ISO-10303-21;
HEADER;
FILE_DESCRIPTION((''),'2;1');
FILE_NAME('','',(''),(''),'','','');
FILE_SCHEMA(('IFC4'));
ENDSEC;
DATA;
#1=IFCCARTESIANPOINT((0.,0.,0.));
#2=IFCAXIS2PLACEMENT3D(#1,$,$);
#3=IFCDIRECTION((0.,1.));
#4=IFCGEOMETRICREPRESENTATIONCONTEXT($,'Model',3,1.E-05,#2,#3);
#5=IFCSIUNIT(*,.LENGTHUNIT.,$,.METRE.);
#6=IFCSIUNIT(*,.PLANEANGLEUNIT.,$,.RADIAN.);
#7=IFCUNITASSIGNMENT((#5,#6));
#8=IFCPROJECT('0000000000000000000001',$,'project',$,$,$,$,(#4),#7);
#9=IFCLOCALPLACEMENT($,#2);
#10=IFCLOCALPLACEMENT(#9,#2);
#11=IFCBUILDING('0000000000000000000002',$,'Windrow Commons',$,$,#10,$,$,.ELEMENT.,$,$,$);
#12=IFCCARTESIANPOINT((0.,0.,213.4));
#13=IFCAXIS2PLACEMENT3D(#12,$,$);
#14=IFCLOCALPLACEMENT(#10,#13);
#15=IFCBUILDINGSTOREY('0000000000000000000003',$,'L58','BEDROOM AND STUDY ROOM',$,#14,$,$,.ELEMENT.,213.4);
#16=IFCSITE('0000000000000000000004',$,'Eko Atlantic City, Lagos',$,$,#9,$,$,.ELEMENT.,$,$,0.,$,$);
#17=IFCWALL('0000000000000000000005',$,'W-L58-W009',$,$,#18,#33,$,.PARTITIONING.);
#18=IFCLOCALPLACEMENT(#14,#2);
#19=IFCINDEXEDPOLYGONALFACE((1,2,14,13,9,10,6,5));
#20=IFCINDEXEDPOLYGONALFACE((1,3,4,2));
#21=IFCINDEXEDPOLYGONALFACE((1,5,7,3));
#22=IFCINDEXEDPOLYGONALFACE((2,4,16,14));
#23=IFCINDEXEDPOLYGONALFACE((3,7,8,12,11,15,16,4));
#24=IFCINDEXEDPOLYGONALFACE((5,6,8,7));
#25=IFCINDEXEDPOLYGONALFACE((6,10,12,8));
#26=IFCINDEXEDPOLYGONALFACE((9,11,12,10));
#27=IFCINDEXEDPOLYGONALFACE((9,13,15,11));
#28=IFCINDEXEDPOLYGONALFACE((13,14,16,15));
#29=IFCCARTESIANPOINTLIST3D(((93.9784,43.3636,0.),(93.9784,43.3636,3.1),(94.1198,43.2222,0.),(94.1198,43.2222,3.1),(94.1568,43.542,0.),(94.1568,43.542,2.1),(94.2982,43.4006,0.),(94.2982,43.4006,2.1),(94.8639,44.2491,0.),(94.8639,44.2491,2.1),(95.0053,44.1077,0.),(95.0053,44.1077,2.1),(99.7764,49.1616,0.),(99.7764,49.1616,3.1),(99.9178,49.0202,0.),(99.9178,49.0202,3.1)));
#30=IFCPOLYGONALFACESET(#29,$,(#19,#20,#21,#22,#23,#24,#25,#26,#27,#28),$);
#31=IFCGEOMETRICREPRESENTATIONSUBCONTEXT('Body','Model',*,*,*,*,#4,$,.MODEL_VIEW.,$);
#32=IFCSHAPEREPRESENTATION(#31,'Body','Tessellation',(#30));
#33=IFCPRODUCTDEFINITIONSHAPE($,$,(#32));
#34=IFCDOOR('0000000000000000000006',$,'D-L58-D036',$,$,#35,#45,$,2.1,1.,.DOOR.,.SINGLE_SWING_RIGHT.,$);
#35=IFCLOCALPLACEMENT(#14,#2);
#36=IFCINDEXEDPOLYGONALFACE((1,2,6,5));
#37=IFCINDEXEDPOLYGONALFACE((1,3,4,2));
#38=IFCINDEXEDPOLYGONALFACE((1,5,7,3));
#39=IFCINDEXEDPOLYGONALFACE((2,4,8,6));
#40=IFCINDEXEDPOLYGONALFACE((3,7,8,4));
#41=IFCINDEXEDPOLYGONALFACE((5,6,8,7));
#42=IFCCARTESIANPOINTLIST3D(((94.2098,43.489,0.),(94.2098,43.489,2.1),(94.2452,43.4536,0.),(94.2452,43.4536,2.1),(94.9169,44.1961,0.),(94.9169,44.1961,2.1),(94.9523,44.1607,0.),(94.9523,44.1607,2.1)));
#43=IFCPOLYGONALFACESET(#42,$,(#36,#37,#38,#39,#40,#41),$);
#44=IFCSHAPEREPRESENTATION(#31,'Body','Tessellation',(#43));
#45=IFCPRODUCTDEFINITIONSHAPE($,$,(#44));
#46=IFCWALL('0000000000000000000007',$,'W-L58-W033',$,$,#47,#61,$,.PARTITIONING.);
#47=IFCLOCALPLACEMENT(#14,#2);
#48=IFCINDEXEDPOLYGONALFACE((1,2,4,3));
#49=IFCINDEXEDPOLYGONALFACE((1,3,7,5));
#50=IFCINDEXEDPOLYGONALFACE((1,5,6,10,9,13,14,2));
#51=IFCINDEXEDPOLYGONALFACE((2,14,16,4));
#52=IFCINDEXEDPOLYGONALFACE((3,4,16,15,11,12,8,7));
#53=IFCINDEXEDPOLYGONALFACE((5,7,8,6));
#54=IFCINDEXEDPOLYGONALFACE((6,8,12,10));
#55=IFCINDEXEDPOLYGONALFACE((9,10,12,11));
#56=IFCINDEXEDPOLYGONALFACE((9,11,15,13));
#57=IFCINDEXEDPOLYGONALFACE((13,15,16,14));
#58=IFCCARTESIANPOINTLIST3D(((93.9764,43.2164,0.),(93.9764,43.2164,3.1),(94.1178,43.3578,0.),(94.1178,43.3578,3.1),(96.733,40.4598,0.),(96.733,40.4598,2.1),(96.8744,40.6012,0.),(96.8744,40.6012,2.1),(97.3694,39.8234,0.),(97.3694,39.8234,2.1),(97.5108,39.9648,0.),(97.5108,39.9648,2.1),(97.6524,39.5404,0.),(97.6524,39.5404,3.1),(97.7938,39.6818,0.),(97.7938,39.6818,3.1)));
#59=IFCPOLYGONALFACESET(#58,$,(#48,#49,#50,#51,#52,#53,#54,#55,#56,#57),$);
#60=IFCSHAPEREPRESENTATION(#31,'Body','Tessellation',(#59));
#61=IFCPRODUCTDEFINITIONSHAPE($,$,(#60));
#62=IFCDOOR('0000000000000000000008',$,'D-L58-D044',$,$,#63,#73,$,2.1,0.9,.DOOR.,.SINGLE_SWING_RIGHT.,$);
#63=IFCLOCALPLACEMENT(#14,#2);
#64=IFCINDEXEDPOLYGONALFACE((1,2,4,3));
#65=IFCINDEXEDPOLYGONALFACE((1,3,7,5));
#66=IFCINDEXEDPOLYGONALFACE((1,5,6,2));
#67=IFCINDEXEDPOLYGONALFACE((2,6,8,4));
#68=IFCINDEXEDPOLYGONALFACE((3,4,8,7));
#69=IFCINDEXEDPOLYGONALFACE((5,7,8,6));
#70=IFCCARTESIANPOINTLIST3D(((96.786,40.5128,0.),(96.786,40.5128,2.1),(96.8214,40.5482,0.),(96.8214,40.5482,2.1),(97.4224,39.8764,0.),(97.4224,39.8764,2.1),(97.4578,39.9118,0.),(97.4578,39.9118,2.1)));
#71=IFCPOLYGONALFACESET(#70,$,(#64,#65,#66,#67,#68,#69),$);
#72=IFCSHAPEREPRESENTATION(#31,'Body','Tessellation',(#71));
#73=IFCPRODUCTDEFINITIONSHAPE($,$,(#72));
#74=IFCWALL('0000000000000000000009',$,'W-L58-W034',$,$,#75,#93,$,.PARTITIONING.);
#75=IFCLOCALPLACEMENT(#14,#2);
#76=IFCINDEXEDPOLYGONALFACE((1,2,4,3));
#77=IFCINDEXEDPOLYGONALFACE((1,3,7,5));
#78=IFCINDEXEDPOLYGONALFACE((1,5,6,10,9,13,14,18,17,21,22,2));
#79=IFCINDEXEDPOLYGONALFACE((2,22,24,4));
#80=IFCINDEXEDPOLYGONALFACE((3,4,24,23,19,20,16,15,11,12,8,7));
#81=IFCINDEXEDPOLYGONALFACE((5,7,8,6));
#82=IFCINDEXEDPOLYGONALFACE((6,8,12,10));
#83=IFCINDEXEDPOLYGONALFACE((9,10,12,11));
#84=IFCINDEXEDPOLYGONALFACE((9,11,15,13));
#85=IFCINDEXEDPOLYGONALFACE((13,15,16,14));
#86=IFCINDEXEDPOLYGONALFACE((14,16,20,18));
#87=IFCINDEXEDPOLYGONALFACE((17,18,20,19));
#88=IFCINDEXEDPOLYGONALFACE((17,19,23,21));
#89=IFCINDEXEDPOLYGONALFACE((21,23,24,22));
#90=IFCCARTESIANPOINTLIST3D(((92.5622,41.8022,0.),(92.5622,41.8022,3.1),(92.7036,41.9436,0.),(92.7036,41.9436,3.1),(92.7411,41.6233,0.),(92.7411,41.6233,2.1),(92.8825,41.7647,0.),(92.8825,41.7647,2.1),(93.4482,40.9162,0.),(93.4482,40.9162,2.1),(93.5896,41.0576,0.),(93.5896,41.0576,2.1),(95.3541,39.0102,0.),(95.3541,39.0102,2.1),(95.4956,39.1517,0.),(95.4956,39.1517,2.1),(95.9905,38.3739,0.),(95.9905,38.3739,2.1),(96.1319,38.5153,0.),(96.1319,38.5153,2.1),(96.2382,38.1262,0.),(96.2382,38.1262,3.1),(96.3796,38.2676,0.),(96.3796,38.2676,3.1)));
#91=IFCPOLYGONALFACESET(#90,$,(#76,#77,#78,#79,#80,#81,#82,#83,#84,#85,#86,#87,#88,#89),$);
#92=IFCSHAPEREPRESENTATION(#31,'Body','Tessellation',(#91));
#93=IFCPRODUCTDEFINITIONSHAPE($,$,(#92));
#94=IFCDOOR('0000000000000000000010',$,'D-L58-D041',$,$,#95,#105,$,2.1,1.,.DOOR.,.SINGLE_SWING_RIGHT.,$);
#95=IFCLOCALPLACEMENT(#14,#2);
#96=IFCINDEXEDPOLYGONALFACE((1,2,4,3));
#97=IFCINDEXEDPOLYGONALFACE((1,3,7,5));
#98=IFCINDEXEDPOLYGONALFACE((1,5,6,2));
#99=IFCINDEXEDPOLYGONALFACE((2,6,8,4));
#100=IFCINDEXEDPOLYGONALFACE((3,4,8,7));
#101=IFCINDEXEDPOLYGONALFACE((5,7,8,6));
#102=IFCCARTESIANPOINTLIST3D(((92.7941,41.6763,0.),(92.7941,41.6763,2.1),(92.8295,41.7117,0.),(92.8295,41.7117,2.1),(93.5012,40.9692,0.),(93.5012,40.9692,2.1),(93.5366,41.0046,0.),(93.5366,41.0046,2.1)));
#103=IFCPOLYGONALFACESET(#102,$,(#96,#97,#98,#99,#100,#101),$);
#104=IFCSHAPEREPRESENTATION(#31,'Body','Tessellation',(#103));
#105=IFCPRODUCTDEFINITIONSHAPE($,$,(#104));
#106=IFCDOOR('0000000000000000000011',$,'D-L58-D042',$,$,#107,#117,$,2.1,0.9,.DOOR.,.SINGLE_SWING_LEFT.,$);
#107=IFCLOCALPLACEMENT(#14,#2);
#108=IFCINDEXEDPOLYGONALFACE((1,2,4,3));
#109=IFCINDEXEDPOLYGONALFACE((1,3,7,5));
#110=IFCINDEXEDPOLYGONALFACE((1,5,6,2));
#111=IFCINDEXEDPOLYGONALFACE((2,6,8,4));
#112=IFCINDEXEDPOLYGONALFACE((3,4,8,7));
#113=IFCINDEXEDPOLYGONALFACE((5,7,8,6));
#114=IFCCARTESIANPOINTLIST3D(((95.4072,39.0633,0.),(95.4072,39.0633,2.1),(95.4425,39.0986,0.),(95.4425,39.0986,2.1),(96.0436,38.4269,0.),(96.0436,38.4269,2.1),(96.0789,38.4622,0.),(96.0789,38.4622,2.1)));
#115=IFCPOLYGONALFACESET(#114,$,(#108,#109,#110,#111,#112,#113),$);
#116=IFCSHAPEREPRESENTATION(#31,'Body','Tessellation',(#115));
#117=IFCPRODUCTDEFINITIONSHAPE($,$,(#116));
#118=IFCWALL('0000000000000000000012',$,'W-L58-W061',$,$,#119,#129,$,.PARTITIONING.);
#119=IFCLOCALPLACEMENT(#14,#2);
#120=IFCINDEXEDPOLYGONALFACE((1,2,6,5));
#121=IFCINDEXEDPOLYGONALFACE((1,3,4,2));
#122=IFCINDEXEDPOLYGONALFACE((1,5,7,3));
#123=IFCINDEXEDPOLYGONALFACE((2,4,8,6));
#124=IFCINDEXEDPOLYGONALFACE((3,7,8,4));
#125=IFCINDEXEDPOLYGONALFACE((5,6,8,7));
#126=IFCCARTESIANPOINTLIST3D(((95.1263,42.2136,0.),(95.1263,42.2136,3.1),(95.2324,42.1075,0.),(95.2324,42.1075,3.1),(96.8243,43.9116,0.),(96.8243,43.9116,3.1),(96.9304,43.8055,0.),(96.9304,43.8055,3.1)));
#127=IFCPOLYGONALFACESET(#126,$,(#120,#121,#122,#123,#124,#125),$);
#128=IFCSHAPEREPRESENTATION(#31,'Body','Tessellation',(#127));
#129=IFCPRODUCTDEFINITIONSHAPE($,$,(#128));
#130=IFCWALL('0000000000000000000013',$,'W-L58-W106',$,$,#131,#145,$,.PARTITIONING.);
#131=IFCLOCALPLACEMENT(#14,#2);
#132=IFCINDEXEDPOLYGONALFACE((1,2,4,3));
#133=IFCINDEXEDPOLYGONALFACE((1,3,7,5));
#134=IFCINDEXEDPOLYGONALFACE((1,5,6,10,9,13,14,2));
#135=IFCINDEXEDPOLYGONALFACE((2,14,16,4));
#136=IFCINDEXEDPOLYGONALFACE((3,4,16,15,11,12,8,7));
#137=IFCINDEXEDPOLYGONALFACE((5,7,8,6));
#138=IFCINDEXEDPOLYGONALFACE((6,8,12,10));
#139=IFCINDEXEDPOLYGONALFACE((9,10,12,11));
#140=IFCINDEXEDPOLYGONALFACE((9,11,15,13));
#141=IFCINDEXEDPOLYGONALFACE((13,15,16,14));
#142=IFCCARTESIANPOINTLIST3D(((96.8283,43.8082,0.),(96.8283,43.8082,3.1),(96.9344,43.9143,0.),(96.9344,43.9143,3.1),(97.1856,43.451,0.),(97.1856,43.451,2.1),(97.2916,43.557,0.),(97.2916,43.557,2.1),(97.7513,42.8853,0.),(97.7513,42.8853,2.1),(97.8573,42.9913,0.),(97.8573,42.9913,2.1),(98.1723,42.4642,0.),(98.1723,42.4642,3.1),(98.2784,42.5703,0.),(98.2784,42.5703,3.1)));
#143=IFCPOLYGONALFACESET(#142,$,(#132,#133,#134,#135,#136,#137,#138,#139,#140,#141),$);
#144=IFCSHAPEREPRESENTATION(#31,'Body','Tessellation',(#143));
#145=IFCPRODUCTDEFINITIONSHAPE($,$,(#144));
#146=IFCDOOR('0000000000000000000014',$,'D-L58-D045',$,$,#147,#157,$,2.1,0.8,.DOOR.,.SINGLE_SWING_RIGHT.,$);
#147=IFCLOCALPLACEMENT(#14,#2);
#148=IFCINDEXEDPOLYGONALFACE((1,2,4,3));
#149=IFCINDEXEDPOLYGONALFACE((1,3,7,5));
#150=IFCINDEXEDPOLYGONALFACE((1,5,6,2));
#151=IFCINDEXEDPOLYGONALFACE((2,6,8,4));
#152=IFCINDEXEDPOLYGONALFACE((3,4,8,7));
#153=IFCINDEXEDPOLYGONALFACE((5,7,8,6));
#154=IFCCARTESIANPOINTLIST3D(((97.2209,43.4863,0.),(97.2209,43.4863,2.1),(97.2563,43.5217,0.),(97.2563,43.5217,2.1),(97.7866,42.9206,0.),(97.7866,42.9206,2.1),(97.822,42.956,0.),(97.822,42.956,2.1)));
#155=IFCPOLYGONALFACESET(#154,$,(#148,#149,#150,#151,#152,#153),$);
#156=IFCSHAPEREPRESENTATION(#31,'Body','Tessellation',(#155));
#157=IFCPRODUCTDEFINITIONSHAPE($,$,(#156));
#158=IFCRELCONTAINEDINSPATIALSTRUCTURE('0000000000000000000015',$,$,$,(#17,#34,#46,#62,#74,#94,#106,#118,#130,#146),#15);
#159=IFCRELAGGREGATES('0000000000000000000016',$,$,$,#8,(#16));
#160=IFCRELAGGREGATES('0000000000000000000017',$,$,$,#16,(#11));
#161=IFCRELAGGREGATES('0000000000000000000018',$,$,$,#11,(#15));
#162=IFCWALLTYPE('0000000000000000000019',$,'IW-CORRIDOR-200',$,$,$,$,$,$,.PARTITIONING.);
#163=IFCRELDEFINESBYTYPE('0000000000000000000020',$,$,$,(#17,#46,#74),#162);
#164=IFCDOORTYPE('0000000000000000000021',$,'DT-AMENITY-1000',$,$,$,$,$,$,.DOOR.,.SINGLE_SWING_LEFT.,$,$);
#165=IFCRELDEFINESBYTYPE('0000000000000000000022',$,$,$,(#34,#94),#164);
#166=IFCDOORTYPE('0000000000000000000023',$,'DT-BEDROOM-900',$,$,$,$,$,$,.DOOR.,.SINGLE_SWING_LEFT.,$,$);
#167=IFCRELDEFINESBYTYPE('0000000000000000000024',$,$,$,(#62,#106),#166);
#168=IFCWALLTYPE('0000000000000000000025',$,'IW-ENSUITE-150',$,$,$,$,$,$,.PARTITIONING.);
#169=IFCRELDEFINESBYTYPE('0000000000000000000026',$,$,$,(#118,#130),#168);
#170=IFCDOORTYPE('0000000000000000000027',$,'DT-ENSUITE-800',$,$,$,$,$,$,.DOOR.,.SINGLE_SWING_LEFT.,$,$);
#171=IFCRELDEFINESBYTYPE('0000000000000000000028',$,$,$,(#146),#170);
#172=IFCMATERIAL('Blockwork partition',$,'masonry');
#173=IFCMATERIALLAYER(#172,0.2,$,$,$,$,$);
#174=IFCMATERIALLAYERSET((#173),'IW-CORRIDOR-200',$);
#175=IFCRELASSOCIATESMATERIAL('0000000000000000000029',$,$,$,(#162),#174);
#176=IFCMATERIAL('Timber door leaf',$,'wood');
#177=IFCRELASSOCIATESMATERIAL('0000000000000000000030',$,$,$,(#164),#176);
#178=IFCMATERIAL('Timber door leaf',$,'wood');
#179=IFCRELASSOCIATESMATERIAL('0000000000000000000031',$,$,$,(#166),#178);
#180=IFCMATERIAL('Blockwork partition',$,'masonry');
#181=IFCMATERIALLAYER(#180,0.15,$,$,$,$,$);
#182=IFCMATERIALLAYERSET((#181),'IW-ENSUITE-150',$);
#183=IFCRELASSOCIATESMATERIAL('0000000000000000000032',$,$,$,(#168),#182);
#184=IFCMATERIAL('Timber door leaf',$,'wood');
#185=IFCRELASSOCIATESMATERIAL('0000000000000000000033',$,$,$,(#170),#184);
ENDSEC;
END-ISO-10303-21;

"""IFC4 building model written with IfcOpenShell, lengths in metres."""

from ifc_helpers import new_model, si_unit, direction, frame, frame_2d, origin, place, context, subcontext, project, spatial, rectangle, extrude, material, layer, layer_set, type_object, element, fill, save


model = new_model("IFC4")

# Units and contexts
model_context = context("Model", 3, precision=1e-05, world=origin(), true_north=direction((0.0, 1.0)))
body_context = subcontext(model_context, "Body", "Model", "MODEL_VIEW")
ifc_project = project(units=[si_unit("LENGTHUNIT", "METRE"), si_unit("PLANEANGLEUNIT", "RADIAN")], contexts=[model_context])

# Site, building, storey
site_placement = place(None, origin())
site = spatial("IfcSite", under=ifc_project, at=site_placement, Name="Eko Atlantic City, Lagos", CompositionType="ELEMENT", RefElevation=0.0)
building_placement = place(site_placement, origin())
building = spatial("IfcBuilding", under=site, at=building_placement, Name="Windrow Commons", CompositionType="ELEMENT")
storey_placement = place(building_placement, frame((0.0, 0.0, 213.4)))
storey = spatial("IfcBuildingStorey", under=building, at=storey_placement, Name="L58", Description="BEDROOM AND STUDY ROOM", CompositionType="ELEMENT", Elevation=213.4)

# Walls, openings, doors
ifc_material_1 = material(Name="Blockwork partition", Category="masonry")
ifc_layer_1 = layer(ifc_material_1, 0.2)
ifc_layer_set_1 = layer_set([ifc_layer_1], Name="IW-CORRIDOR-200")
wall_type_1 = type_object("IfcWallType", Name="IW-CORRIDOR-200", PredefinedType="PARTITIONING", material=ifc_layer_set_1)
wall_1_placement = place(storey_placement, frame((94.0491, 43.2929, 0.0), z_axis=(0.0, 0.0, 1.0), x_axis=(0.707107, 0.707107, 0.0)))
wall_1 = element("IfcWall", 1, at=wall_1_placement, inside=storey, type_object=wall_type_1, Name="W-L58-W009", PredefinedType="PARTITIONING", context=body_context, shape_type="SweptSolid", body=[
    extrude(rectangle(XDim=8.1996, YDim=0.2, at=frame_2d((4.0998, 0.0))), origin(), (0.0, 0.0, 1.0), 3.1),
])
opening_1_placement = place(wall_1_placement, frame((0.2523, 0.0, 0.0)))
opening_1 = element("IfcOpeningElement", 2, at=opening_1_placement, cuts=wall_1, PredefinedType="OPENING", context=body_context, shape_type="SweptSolid", body=[
    extrude(rectangle(XDim=1.0, YDim=2.1, at=frame_2d((0.5, 1.05))), frame((0.0, 0.11, 0.0), z_axis=(0.0, -1.0, 0.0), x_axis=(1.0, 0.0, 0.0)), (0.0, 0.0, 1.0), 0.22),
])
ifc_material_2 = material(Name="Timber door leaf", Category="wood")
door_type_1 = type_object("IfcDoorType", Name="DT-AMENITY-1000", OperationType="SINGLE_SWING_LEFT", PredefinedType="DOOR", material=ifc_material_2)
door_1_placement = place(opening_1_placement, origin())
door_1 = element("IfcDoor", 3, at=door_1_placement, inside=storey, type_object=door_type_1, Name="D-L58-D036", OperationType="SINGLE_SWING_RIGHT", OverallHeight=2.1, OverallWidth=1.0, PredefinedType="DOOR", context=body_context, shape_type="SweptSolid", body=[
    extrude(rectangle(XDim=1.0, YDim=2.1, at=frame_2d((0.5, 1.05))), frame((0.0, 0.025, 0.0), z_axis=(0.0, -1.0, 0.0), x_axis=(1.0, 0.0, 0.0)), (0.0, 0.0, 1.0), 0.05),
])
fill(opening_1, door_1)
wall_2_placement = place(storey_placement, frame((94.0471, 43.2871, 0.0), z_axis=(0.0, 0.0, 1.0), x_axis=(0.707107, -0.707107, 0.0)))
wall_2 = element("IfcWall", 4, at=wall_2_placement, inside=storey, type_object=wall_type_1, Name="W-L58-W033", PredefinedType="PARTITIONING", context=body_context, shape_type="SweptSolid", body=[
    extrude(rectangle(XDim=5.1986, YDim=0.2, at=frame_2d((2.5993, 0.0))), origin(), (0.0, 0.0, 1.0), 3.1),
])
opening_2_placement = place(wall_2_placement, frame((3.8984, 0.0, 0.0)))
opening_2 = element("IfcOpeningElement", 5, at=opening_2_placement, cuts=wall_2, PredefinedType="OPENING", context=body_context, shape_type="SweptSolid", body=[
    extrude(rectangle(XDim=0.9, YDim=2.1, at=frame_2d((0.45, 1.05))), frame((0.0, 0.11, 0.0), z_axis=(0.0, -1.0, 0.0), x_axis=(1.0, 0.0, 0.0)), (0.0, 0.0, 1.0), 0.22),
])
ifc_material_3 = material(Name="Timber door leaf", Category="wood")
door_type_2 = type_object("IfcDoorType", Name="DT-BEDROOM-900", OperationType="SINGLE_SWING_LEFT", PredefinedType="DOOR", material=ifc_material_3)
door_2_placement = place(opening_2_placement, origin())
door_2 = element("IfcDoor", 6, at=door_2_placement, inside=storey, type_object=door_type_2, Name="D-L58-D044", OperationType="SINGLE_SWING_RIGHT", OverallHeight=2.1, OverallWidth=0.9, PredefinedType="DOOR", context=body_context, shape_type="SweptSolid", body=[
    extrude(rectangle(XDim=0.9, YDim=2.1, at=frame_2d((0.45, 1.05))), frame((0.0, 0.025, 0.0), z_axis=(0.0, -1.0, 0.0), x_axis=(1.0, 0.0, 0.0)), (0.0, 0.0, 1.0), 0.05),
])
fill(opening_2, door_2)

# Wall, openings, doors
wall_3_placement = place(storey_placement, frame((92.6329, 41.8729, 0.0), z_axis=(0.0, 0.0, 1.0), x_axis=(0.707107, -0.707107, 0.0)))
wall_3 = element("IfcWall", 7, at=wall_3_placement, inside=storey, type_object=wall_type_1, Name="W-L58-W034", PredefinedType="PARTITIONING", context=body_context, shape_type="SweptSolid", body=[
    extrude(rectangle(XDim=5.1986, YDim=0.2, at=frame_2d((2.5993, 0.0))), origin(), (0.0, 0.0, 1.0), 3.1),
])
opening_3_placement = place(wall_3_placement, frame((0.253, 0.0, 0.0)))
opening_3 = element("IfcOpeningElement", 8, at=opening_3_placement, cuts=wall_3, PredefinedType="OPENING", context=body_context, shape_type="SweptSolid", body=[
    extrude(rectangle(XDim=1.0, YDim=2.1, at=frame_2d((0.5, 1.05))), frame((0.0, 0.11, 0.0), z_axis=(0.0, -1.0, 0.0), x_axis=(1.0, 0.0, 0.0)), (0.0, 0.0, 1.0), 0.22),
])
opening_4_placement = place(wall_3_placement, frame((3.9484, 0.0, 0.0)))
opening_4 = element("IfcOpeningElement", 9, at=opening_4_placement, cuts=wall_3, PredefinedType="OPENING", context=body_context, shape_type="SweptSolid", body=[
    extrude(rectangle(XDim=0.9, YDim=2.1, at=frame_2d((0.45, 1.05))), frame((0.0, 0.11, 0.0), z_axis=(0.0, -1.0, 0.0), x_axis=(1.0, 0.0, 0.0)), (0.0, 0.0, 1.0), 0.22),
])
door_3_placement = place(opening_3_placement, origin())
door_3 = element("IfcDoor", 10, at=door_3_placement, inside=storey, type_object=door_type_1, Name="D-L58-D041", OperationType="SINGLE_SWING_RIGHT", OverallHeight=2.1, OverallWidth=1.0, PredefinedType="DOOR", context=body_context, shape_type="SweptSolid", body=[
    extrude(rectangle(XDim=1.0, YDim=2.1, at=frame_2d((0.5, 1.05))), frame((0.0, 0.025, 0.0), z_axis=(0.0, -1.0, 0.0), x_axis=(1.0, 0.0, 0.0)), (0.0, 0.0, 1.0), 0.05),
])
fill(opening_3, door_3)
door_4_placement = place(opening_4_placement, origin())
door_4 = element("IfcDoor", 11, at=door_4_placement, inside=storey, type_object=door_type_2, Name="D-L58-D042", OperationType="SINGLE_SWING_LEFT", OverallHeight=2.1, OverallWidth=0.9, PredefinedType="DOOR", context=body_context, shape_type="SweptSolid", body=[
    extrude(rectangle(XDim=0.9, YDim=2.1, at=frame_2d((0.45, 1.05))), frame((0.0, 0.025, 0.0), z_axis=(0.0, -1.0, 0.0), x_axis=(1.0, 0.0, 0.0)), (0.0, 0.0, 1.0), 0.05),
])
fill(opening_4, door_4)

# Wall
ifc_material_4 = material(Name="Blockwork partition", Category="masonry")
ifc_layer_2 = layer(ifc_material_4, 0.15)
ifc_layer_set_2 = layer_set([ifc_layer_2], Name="IW-ENSUITE-150")
wall_type_2 = type_object("IfcWallType", Name="IW-ENSUITE-150", PredefinedType="PARTITIONING", material=ifc_layer_set_2)
wall_4_placement = place(storey_placement, frame((95.1794, 42.1606, 0.0), z_axis=(0.0, 0.0, 1.0), x_axis=(0.707107, 0.707107, 0.0)))
element("IfcWall", 12, at=wall_4_placement, inside=storey, type_object=wall_type_2, Name="W-L58-W061", PredefinedType="PARTITIONING", context=body_context, shape_type="SweptSolid", body=[
    extrude(rectangle(XDim=2.4013, YDim=0.15, at=frame_2d((1.2006, 0.0))), origin(), (0.0, 0.0, 1.0), 3.1),
])

# Wall, opening, door
wall_5_placement = place(storey_placement, frame((96.8813, 43.8613, 0.0), z_axis=(0.0, 0.0, 1.0), x_axis=(0.707107, -0.707107, 0.0)))
wall_5 = element("IfcWall", 13, at=wall_5_placement, inside=storey, type_object=wall_type_2, Name="W-L58-W106", PredefinedType="PARTITIONING", context=body_context, shape_type="SweptSolid", body=[
    extrude(rectangle(XDim=1.9007, YDim=0.15, at=frame_2d((0.9504, 0.0))), origin(), (0.0, 0.0, 1.0), 3.1),
])
opening_5_placement = place(wall_5_placement, frame((0.5053, 0.0, 0.0)))
opening_5 = element("IfcOpeningElement", 14, at=opening_5_placement, cuts=wall_5, PredefinedType="OPENING", context=body_context, shape_type="SweptSolid", body=[
    extrude(rectangle(XDim=0.8, YDim=2.1, at=frame_2d((0.4, 1.05))), frame((0.0, 0.085, 0.0), z_axis=(0.0, -1.0, 0.0), x_axis=(1.0, 0.0, 0.0)), (0.0, 0.0, 1.0), 0.17),
])
ifc_material_5 = material(Name="Timber door leaf", Category="wood")
door_type_3 = type_object("IfcDoorType", Name="DT-ENSUITE-800", OperationType="SINGLE_SWING_LEFT", PredefinedType="DOOR", material=ifc_material_5)
door_5_placement = place(opening_5_placement, origin())
door_5 = element("IfcDoor", 15, at=door_5_placement, inside=storey, type_object=door_type_3, Name="D-L58-D045", OperationType="SINGLE_SWING_RIGHT", OverallHeight=2.1, OverallWidth=0.8, PredefinedType="DOOR", context=body_context, shape_type="SweptSolid", body=[
    extrude(rectangle(XDim=0.8, YDim=2.1, at=frame_2d((0.4, 1.05))), frame((0.0, 0.025, 0.0), z_axis=(0.0, -1.0, 0.0), x_axis=(1.0, 0.0, 0.0)), (0.0, 0.0, 1.0), 0.05),
])
fill(opening_5, door_5)

save(model, "model.ifc")
